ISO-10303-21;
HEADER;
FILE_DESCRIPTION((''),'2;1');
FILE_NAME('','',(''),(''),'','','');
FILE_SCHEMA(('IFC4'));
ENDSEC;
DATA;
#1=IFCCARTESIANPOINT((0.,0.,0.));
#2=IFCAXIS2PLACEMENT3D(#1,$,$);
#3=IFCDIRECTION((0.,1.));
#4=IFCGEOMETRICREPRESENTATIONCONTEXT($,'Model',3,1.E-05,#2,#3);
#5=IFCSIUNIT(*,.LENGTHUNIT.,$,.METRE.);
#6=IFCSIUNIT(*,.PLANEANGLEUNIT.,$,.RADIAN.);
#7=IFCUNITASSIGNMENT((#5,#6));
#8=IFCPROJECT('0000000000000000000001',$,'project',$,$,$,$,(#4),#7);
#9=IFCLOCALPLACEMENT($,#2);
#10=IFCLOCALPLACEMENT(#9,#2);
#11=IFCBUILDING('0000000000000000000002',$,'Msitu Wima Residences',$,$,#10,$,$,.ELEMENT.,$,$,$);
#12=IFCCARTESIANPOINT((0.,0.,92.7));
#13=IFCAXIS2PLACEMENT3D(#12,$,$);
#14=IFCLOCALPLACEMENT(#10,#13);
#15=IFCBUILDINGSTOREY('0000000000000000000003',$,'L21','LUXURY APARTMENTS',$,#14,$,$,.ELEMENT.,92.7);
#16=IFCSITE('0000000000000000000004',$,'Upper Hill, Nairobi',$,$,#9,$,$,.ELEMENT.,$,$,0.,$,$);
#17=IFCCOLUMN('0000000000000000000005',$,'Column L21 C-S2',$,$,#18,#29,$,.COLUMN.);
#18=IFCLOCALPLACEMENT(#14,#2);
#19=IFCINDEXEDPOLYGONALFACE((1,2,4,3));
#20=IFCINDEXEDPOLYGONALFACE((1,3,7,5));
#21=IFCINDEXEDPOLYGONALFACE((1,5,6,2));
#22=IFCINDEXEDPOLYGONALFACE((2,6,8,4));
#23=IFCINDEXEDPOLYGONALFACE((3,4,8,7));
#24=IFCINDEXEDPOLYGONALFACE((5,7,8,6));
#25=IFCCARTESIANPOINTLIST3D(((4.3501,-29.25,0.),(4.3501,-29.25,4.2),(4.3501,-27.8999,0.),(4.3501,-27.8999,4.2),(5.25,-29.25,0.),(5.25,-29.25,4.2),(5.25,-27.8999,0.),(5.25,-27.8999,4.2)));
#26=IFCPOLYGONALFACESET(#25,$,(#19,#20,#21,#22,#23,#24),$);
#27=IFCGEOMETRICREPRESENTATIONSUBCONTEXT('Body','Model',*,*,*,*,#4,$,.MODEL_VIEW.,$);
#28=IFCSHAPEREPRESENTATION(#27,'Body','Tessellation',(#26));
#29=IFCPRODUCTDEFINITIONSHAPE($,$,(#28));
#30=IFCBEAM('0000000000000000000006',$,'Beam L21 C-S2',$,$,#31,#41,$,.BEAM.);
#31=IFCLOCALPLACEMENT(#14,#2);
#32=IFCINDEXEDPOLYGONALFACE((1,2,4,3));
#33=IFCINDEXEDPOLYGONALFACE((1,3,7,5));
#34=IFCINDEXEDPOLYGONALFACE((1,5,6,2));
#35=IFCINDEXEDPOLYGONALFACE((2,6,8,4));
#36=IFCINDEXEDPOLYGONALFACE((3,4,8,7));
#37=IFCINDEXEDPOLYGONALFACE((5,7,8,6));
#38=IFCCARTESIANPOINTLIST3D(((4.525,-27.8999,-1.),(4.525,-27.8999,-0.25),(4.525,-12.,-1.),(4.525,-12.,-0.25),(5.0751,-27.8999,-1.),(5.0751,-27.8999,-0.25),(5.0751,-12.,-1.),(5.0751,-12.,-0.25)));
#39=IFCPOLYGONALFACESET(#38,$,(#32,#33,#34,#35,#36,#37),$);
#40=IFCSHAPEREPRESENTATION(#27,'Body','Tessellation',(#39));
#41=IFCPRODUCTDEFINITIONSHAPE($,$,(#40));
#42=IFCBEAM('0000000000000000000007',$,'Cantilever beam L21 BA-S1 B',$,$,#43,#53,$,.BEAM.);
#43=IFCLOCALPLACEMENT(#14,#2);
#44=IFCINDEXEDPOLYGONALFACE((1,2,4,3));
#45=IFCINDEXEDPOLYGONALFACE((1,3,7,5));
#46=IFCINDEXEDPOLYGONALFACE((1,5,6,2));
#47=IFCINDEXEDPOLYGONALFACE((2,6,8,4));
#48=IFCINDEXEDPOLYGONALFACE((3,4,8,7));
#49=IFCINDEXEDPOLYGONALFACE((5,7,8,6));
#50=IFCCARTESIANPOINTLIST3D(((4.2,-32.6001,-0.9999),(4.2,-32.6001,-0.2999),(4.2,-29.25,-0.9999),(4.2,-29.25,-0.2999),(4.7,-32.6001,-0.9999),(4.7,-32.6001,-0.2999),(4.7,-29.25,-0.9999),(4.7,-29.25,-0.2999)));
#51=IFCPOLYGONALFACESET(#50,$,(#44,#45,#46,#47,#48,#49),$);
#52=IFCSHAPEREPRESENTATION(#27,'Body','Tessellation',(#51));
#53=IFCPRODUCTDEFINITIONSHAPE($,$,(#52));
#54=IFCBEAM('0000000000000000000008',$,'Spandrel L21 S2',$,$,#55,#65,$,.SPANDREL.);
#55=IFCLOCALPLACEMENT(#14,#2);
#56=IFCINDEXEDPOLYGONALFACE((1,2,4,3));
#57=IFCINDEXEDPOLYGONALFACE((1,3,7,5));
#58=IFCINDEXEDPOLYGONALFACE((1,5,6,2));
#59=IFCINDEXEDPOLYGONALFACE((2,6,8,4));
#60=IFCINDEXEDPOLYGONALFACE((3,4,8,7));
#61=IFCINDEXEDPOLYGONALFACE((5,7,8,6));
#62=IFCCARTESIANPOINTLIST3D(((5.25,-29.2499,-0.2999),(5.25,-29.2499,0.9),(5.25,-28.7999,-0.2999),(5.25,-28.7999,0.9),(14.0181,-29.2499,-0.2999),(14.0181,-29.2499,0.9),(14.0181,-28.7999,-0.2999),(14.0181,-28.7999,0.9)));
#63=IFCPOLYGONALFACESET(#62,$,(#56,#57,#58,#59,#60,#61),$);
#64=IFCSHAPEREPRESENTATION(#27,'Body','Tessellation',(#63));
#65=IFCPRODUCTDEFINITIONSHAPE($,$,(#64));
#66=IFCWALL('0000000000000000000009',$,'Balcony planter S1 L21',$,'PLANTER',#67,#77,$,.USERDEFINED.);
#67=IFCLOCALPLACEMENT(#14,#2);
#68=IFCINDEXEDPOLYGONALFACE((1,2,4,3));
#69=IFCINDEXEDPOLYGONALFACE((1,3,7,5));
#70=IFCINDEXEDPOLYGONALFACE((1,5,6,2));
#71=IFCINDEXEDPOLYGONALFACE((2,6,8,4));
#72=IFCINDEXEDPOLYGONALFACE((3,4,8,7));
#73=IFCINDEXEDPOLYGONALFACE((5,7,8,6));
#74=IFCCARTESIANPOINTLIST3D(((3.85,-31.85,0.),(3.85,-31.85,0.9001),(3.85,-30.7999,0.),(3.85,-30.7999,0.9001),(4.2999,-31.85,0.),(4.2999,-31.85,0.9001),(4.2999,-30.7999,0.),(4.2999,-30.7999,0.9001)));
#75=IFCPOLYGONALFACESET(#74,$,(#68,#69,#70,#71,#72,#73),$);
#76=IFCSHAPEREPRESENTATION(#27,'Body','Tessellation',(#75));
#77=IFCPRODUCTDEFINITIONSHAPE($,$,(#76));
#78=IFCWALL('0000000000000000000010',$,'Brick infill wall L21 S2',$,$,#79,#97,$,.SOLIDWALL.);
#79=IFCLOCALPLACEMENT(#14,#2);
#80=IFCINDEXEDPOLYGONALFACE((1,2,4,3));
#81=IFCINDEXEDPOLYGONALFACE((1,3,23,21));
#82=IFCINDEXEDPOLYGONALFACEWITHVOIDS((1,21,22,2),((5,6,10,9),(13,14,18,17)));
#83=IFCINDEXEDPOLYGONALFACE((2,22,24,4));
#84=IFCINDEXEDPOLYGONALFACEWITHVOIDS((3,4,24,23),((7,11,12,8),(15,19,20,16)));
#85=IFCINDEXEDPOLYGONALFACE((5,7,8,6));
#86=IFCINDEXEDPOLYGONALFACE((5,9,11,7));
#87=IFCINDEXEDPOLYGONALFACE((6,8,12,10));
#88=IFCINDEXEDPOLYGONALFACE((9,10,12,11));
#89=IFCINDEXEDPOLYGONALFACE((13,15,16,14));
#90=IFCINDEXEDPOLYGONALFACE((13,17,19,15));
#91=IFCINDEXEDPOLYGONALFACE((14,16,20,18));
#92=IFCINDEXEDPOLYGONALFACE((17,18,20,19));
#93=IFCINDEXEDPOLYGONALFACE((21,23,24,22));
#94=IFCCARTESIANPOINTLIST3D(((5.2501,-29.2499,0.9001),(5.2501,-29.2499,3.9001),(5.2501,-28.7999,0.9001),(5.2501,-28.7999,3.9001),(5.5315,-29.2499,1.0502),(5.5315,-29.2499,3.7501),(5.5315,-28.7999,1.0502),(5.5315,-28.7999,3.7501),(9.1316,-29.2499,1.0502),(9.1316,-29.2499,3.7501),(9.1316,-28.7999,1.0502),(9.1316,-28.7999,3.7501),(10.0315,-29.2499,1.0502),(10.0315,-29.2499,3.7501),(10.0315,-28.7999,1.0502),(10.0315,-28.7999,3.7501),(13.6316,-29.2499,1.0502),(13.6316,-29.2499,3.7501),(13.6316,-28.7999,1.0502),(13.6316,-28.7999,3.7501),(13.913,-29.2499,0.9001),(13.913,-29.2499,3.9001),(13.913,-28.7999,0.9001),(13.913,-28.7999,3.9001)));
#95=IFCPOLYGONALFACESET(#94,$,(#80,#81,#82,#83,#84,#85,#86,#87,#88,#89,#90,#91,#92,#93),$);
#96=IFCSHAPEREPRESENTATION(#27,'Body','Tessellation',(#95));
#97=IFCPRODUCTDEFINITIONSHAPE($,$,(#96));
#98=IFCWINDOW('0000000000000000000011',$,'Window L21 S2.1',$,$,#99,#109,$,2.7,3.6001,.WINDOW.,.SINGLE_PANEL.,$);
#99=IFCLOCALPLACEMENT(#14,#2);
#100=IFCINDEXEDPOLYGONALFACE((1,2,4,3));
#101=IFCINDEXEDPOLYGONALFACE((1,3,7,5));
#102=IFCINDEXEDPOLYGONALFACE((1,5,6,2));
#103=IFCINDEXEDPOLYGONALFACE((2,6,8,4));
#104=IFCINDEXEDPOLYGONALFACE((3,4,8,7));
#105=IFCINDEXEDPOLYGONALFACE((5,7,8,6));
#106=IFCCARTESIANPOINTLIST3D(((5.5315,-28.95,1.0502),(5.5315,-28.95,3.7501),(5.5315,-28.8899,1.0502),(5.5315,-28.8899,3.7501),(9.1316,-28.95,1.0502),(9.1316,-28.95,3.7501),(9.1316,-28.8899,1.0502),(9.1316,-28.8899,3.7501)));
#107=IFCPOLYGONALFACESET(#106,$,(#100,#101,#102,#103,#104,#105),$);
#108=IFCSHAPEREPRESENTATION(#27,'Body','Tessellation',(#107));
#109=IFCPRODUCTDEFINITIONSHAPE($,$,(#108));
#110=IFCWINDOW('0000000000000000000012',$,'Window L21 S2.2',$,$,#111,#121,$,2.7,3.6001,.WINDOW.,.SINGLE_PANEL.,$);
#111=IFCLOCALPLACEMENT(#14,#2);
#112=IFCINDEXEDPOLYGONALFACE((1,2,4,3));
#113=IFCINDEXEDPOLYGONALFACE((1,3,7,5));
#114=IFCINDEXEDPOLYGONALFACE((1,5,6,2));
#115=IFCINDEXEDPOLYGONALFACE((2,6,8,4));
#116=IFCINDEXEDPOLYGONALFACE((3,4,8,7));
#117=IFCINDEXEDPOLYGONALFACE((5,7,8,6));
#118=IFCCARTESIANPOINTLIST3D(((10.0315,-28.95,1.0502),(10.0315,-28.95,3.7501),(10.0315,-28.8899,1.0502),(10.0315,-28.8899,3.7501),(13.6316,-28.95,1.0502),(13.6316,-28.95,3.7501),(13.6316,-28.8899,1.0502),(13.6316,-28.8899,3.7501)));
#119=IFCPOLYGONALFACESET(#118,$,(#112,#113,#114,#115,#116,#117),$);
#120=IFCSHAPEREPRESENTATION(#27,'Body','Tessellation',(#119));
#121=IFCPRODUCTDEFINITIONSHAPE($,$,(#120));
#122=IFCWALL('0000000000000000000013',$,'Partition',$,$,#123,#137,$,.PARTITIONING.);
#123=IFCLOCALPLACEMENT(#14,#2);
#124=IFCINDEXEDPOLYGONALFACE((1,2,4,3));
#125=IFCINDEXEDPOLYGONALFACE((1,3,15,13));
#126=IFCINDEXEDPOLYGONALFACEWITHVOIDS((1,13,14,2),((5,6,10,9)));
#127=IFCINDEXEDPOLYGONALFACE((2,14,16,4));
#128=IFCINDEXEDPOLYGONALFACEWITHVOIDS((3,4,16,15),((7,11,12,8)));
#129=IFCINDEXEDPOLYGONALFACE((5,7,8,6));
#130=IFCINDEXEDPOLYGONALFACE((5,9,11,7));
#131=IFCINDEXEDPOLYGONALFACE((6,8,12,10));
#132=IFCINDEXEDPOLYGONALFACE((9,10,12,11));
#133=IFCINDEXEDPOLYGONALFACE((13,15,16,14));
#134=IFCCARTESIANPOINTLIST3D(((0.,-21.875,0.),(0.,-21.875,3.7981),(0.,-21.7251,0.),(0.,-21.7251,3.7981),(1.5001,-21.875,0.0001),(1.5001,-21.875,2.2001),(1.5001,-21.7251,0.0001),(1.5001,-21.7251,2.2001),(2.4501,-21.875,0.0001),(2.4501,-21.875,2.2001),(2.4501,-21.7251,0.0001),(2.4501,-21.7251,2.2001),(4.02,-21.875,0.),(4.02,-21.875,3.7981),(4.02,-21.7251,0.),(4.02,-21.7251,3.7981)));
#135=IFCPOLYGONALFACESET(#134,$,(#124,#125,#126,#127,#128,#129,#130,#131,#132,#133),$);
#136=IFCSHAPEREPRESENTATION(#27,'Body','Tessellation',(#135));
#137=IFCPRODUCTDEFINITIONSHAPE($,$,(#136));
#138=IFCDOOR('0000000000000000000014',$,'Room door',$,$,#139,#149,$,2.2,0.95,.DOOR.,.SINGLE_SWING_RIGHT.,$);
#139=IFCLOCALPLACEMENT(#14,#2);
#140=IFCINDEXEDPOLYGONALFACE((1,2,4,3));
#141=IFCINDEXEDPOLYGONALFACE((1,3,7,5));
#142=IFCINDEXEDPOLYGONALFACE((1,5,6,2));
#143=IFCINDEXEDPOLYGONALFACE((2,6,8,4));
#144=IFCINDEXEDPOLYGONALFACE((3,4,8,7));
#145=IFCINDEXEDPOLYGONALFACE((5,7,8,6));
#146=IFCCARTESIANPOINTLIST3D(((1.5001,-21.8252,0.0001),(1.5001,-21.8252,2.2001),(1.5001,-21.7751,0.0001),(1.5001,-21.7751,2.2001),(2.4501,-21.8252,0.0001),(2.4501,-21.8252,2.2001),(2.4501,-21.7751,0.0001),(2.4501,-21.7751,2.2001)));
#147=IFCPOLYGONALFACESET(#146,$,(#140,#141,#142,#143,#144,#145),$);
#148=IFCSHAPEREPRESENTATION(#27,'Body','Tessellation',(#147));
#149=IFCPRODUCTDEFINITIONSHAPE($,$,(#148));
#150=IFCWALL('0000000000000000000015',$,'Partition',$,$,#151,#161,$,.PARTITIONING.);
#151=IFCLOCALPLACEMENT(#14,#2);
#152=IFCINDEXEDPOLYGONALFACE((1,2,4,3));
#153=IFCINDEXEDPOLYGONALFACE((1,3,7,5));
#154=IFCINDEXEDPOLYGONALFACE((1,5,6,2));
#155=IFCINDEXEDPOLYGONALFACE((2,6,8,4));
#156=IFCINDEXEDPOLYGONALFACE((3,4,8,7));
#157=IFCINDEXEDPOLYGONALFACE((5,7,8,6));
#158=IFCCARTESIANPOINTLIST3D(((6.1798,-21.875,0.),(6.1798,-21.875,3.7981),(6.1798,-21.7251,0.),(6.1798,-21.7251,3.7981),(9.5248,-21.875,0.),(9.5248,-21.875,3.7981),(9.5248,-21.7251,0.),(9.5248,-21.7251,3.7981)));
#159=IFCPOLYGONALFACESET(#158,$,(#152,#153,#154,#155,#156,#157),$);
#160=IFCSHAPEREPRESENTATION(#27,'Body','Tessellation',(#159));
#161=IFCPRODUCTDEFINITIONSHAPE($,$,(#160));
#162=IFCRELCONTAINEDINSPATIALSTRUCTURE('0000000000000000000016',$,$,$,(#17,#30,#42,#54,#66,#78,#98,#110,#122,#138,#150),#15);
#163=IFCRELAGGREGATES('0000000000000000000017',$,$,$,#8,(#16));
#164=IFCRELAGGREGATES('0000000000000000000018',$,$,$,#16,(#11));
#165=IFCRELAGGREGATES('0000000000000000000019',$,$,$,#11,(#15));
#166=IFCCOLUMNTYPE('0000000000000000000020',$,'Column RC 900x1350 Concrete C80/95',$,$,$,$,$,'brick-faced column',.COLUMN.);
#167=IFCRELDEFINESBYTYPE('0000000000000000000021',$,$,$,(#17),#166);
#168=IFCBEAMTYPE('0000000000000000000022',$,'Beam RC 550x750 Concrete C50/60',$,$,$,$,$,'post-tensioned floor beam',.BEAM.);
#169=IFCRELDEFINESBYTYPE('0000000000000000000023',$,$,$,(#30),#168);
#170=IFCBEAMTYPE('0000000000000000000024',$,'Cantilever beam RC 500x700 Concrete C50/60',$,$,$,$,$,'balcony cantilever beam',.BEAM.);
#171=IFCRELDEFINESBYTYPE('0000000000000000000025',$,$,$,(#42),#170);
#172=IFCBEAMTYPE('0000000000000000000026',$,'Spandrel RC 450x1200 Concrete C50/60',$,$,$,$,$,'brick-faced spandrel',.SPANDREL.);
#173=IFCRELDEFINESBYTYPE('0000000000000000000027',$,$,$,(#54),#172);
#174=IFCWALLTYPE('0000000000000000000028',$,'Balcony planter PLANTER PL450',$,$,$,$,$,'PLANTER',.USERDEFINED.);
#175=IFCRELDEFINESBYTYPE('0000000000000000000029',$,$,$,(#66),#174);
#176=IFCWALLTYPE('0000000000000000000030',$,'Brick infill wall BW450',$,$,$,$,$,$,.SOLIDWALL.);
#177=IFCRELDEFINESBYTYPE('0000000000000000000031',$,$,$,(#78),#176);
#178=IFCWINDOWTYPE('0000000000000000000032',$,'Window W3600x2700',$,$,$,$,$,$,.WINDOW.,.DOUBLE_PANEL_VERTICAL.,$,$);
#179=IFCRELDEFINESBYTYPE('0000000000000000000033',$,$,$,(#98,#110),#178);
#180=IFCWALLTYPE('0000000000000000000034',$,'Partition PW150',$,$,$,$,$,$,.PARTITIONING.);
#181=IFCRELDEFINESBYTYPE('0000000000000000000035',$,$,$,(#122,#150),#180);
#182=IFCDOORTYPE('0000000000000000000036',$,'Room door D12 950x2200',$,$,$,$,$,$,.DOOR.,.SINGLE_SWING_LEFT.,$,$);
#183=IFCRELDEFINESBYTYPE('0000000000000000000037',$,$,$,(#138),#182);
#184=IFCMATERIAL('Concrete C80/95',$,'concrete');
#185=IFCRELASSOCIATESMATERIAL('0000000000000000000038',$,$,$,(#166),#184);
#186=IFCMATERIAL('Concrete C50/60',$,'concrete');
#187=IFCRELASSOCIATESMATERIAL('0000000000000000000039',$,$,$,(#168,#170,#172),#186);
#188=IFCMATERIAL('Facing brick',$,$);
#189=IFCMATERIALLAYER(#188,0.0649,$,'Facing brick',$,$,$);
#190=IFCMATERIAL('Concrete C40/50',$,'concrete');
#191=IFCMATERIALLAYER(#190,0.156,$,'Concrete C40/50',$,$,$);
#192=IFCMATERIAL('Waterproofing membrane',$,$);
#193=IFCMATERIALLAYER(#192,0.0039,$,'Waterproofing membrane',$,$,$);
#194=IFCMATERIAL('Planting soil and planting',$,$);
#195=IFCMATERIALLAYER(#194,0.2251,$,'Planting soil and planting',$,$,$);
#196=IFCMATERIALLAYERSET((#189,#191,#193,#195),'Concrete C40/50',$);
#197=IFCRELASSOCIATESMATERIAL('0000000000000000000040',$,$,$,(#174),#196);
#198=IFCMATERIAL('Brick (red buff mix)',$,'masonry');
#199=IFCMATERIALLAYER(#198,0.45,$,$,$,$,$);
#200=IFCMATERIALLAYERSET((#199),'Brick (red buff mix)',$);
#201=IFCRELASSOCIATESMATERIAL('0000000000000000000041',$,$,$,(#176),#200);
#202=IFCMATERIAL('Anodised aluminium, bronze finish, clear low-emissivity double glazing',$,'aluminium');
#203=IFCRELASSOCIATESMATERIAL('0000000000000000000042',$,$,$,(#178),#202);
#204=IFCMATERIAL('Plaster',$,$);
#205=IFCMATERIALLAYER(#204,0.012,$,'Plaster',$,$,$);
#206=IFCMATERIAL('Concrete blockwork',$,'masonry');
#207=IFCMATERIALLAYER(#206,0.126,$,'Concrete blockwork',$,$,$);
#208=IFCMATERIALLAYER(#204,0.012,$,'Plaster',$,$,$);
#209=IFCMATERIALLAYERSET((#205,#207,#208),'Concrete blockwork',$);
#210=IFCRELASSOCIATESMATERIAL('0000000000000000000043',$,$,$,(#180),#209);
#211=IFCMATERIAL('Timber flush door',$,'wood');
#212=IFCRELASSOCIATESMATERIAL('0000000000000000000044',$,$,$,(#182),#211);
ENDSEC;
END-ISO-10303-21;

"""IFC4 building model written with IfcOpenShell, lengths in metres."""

from ifc_helpers import new_model, si_unit, direction, frame, frame_2d, origin, origin_2d, place, context, subcontext, project, spatial, rectangle, extrude, material, layer, layer_set, material_profile, profile_set, type_object, element, fill, save


model = new_model("IFC4")

# Units and contexts
model_context = context("Model", 3, precision=1e-05, world=origin(), true_north=direction((0.0, 1.0)))
body_context = subcontext(model_context, "Body", "Model", "MODEL_VIEW")
ifc_project = project(units=[si_unit("LENGTHUNIT", "METRE"), si_unit("PLANEANGLEUNIT", "RADIAN")], contexts=[model_context])

# Site, building, storey
site_placement = place(None, origin())
site = spatial("IfcSite", under=ifc_project, at=site_placement, Name="Upper Hill, Nairobi", CompositionType="ELEMENT", RefElevation=0.0)
building_placement = place(site_placement, origin())
building = spatial("IfcBuilding", under=site, at=building_placement, Name="Msitu Wima Residences", CompositionType="ELEMENT")
storey_placement = place(building_placement, frame((0.0, 0.0, 92.7)))
storey = spatial("IfcBuildingStorey", under=building, at=storey_placement, Name="L21", Description="LUXURY APARTMENTS", CompositionType="ELEMENT", Elevation=92.7)

# Column
ifc_material_1 = material(Name="Concrete C80/95", Category="concrete")
ifc_material_profile_1 = material_profile(ifc_material_1, rectangle(XDim=0.8999, YDim=1.3501, at=origin_2d()), Name="RC 900x1350")
ifc_profile_set_1 = profile_set([ifc_material_profile_1], Name="Concrete C80/95")
column_type = type_object("IfcColumnType", Name="Column RC 900x1350 Concrete C80/95", ElementType="brick-faced column", PredefinedType="COLUMN", material=ifc_profile_set_1)
column_placement = place(storey_placement, frame((4.8, -28.575, 0.0), z_axis=(0.0, 0.0, 1.0), x_axis=(1.0, 0.0, 0.0)))
element("IfcColumn", 1, at=column_placement, inside=storey, type_object=column_type, Name="Column L21 C-S2", PredefinedType="COLUMN", context=body_context, shape_type="SweptSolid", body=[
    extrude(rectangle(XDim=0.8999, YDim=1.3501, at=origin_2d()), origin(), (0.0, 0.0, 1.0), 4.2),
])

# Beams
ifc_material_2 = material(Name="Concrete C50/60", Category="concrete")
ifc_material_profile_2 = material_profile(ifc_material_2, rectangle(XDim=0.55, YDim=0.75, at=origin_2d()), Name="RC 550x750")
ifc_profile_set_2 = profile_set([ifc_material_profile_2], Name="Concrete C50/60")
beam_type_1 = type_object("IfcBeamType", Name="Beam RC 550x750 Concrete C50/60", ElementType="post-tensioned floor beam", PredefinedType="BEAM", material=ifc_profile_set_2)
beam_1_placement = place(storey_placement, frame((4.8, -27.8999, -0.625), z_axis=(0.0, 1.0, 0.0), x_axis=(-1.0, 0.0, 0.0)))
element("IfcBeam", 2, at=beam_1_placement, inside=storey, type_object=beam_type_1, Name="Beam L21 C-S2", PredefinedType="BEAM", context=body_context, shape_type="SweptSolid", body=[
    extrude(rectangle(XDim=0.55, YDim=0.75, at=origin_2d()), origin(), (0.0, 0.0, 1.0), 15.8999),
])
ifc_material_profile_3 = material_profile(ifc_material_2, rectangle(XDim=0.5, YDim=0.7, at=origin_2d()), Name="RC 500x700")
ifc_profile_set_3 = profile_set([ifc_material_profile_3], Name="Concrete C50/60")
beam_type_2 = type_object("IfcBeamType", Name="Cantilever beam RC 500x700 Concrete C50/60", ElementType="balcony cantilever beam", PredefinedType="BEAM", material=ifc_profile_set_3)
beam_2_placement = place(storey_placement, frame((4.45, -29.25, -0.6499), z_axis=(0.0, -1.0, 0.0), x_axis=(1.0, 0.0, 0.0)))
element("IfcBeam", 3, at=beam_2_placement, inside=storey, type_object=beam_type_2, Name="Cantilever beam L21 BA-S1 B", PredefinedType="BEAM", context=body_context, shape_type="SweptSolid", body=[
    extrude(rectangle(XDim=0.5, YDim=0.7, at=origin_2d()), origin(), (0.0, 0.0, 1.0), 3.3501),
])
ifc_material_profile_4 = material_profile(ifc_material_2, rectangle(XDim=0.45, YDim=1.2, at=origin_2d()), Name="RC 450x1200")
ifc_profile_set_4 = profile_set([ifc_material_profile_4], Name="Concrete C50/60")
beam_type_3 = type_object("IfcBeamType", Name="Spandrel RC 450x1200 Concrete C50/60", ElementType="brick-faced spandrel", PredefinedType="SPANDREL", material=ifc_profile_set_4)
beam_3_placement = place(storey_placement, frame((5.25, -29.0249, 0.3), z_axis=(1.0, 0.0, 0.0), x_axis=(0.0, 1.0, 0.0)))
element("IfcBeam", 4, at=beam_3_placement, inside=storey, type_object=beam_type_3, Name="Spandrel L21 S2", PredefinedType="SPANDREL", context=body_context, shape_type="SweptSolid", body=[
    extrude(rectangle(XDim=0.45, YDim=1.2, at=origin_2d()), origin(), (0.0, 0.0, 1.0), 8.7681),
])

# Wall
ifc_material_3 = material(Name="Facing brick")
ifc_layer_1 = layer(ifc_material_3, 0.0649, Name="Facing brick")
ifc_material_4 = material(Name="Concrete C40/50", Category="concrete")
ifc_layer_2 = layer(ifc_material_4, 0.156, Name="Concrete C40/50")
ifc_material_5 = material(Name="Waterproofing membrane")
ifc_layer_3 = layer(ifc_material_5, 0.0039, Name="Waterproofing membrane")
ifc_material_6 = material(Name="Planting soil and planting")
ifc_layer_4 = layer(ifc_material_6, 0.2251, Name="Planting soil and planting")
ifc_layer_set_1 = layer_set([ifc_layer_1, ifc_layer_2, ifc_layer_3, ifc_layer_4], Name="Concrete C40/50")
wall_type_1 = type_object("IfcWallType", Name="Balcony planter PLANTER PL450", ElementType="PLANTER", PredefinedType="USERDEFINED", material=ifc_layer_set_1)
wall_1_placement = place(storey_placement, frame((4.075, -30.8, 0.0), z_axis=(0.0, 0.0, 1.0), x_axis=(0.0, -1.0, 0.0)))
element("IfcWall", 5, at=wall_1_placement, inside=storey, type_object=wall_type_1, Name="Balcony planter S1 L21", ObjectType="PLANTER", PredefinedType="USERDEFINED", context=body_context, shape_type="SweptSolid", body=[
    extrude(rectangle(XDim=1.05, YDim=0.45, at=frame_2d((0.5249, 0.0))), origin(), (0.0, 0.0, 1.0), 0.9001),
])

# Wall, openings, windows
ifc_material_7 = material(Name="Brick (red buff mix)", Category="masonry")
ifc_layer_5 = layer(ifc_material_7, 0.45)
ifc_layer_set_2 = layer_set([ifc_layer_5], Name="Brick (red buff mix)")
wall_type_2 = type_object("IfcWallType", Name="Brick infill wall BW450", PredefinedType="SOLIDWALL", material=ifc_layer_set_2)
wall_2_placement = place(storey_placement, frame((5.25, -29.0249, 0.9001), z_axis=(0.0, 0.0, 1.0), x_axis=(1.0, 0.0, 0.0)))
wall_2 = element("IfcWall", 6, at=wall_2_placement, inside=storey, type_object=wall_type_2, Name="Brick infill wall L21 S2", PredefinedType="SOLIDWALL", context=body_context, shape_type="SweptSolid", body=[
    extrude(rectangle(XDim=8.6628, YDim=0.45, at=frame_2d((4.3315, 0.0))), origin(), (0.0, 0.0, 1.0), 3.0),
])
opening_1_placement = place(wall_2_placement, frame((0.2815, 0.0, 0.1499)))
opening_1 = element("IfcOpeningElement", 7, at=opening_1_placement, cuts=wall_2, PredefinedType="OPENING", context=body_context, shape_type="SweptSolid", body=[
    extrude(rectangle(XDim=3.6001, YDim=2.7, at=frame_2d((1.8, 1.3501))), frame((0.0, 0.2349, 0.0), z_axis=(0.0, -1.0, 0.0), x_axis=(1.0, 0.0, 0.0)), (0.0, 0.0, 1.0), 0.47),
])
opening_2_placement = place(wall_2_placement, frame((4.7815, 0.0, 0.1499)))
opening_2 = element("IfcOpeningElement", 8, at=opening_2_placement, cuts=wall_2, PredefinedType="OPENING", context=body_context, shape_type="SweptSolid", body=[
    extrude(rectangle(XDim=3.6001, YDim=2.7, at=frame_2d((1.8, 1.3501))), frame((0.0, 0.2349, 0.0), z_axis=(0.0, -1.0, 0.0), x_axis=(1.0, 0.0, 0.0)), (0.0, 0.0, 1.0), 0.47),
])
ifc_material_8 = material(Name="Anodised aluminium, bronze finish, clear low-emissivity double glazing", Category="aluminium")
window_type = type_object("IfcWindowType", Name="Window W3600x2700", PartitioningType="DOUBLE_PANEL_VERTICAL", PredefinedType="WINDOW", material=ifc_material_8)
window_1_placement = place(opening_1_placement, origin())
window_1 = element("IfcWindow", 9, at=window_1_placement, inside=storey, type_object=window_type, Name="Window L21 S2.1", OverallHeight=2.7, OverallWidth=3.6001, PartitioningType="SINGLE_PANEL", PredefinedType="WINDOW", context=body_context, shape_type="SweptSolid", body=[
    extrude(rectangle(XDim=3.6001, YDim=2.7, at=frame_2d((1.8, 1.3501))), frame((0.0, 0.135, 0.0), z_axis=(0.0, -1.0, 0.0), x_axis=(1.0, 0.0, 0.0)), (0.0, 0.0, 1.0), 0.0601),
])
fill(opening_1, window_1)
window_2_placement = place(opening_2_placement, origin())
window_2 = element("IfcWindow", 10, at=window_2_placement, inside=storey, type_object=window_type, Name="Window L21 S2.2", OverallHeight=2.7, OverallWidth=3.6001, PartitioningType="SINGLE_PANEL", PredefinedType="WINDOW", context=body_context, shape_type="SweptSolid", body=[
    extrude(rectangle(XDim=3.6001, YDim=2.7, at=frame_2d((1.8, 1.3501))), frame((0.0, 0.135, 0.0), z_axis=(0.0, -1.0, 0.0), x_axis=(1.0, 0.0, 0.0)), (0.0, 0.0, 1.0), 0.0601),
])
fill(opening_2, window_2)

# Wall, opening, door
ifc_material_9 = material(Name="Plaster")
ifc_layer_6 = layer(ifc_material_9, 0.012, Name="Plaster")
ifc_material_10 = material(Name="Concrete blockwork", Category="masonry")
ifc_layer_7 = layer(ifc_material_10, 0.126, Name="Concrete blockwork")
ifc_layer_8 = layer(ifc_material_9, 0.012, Name="Plaster")
ifc_layer_set_3 = layer_set([ifc_layer_6, ifc_layer_7, ifc_layer_8], Name="Concrete blockwork")
wall_type_3 = type_object("IfcWallType", Name="Partition PW150", PredefinedType="PARTITIONING", material=ifc_layer_set_3)
wall_3_placement = place(storey_placement, frame((0.0, -21.8, 0.0), z_axis=(0.0, 0.0, 1.0), x_axis=(1.0, 0.0, 0.0)))
wall_3 = element("IfcWall", 11, at=wall_3_placement, inside=storey, type_object=wall_type_3, Name="Partition", PredefinedType="PARTITIONING", context=body_context, shape_type="SweptSolid", body=[
    extrude(rectangle(XDim=4.02, YDim=0.1499, at=frame_2d((2.01, 0.0))), origin(), (0.0, 0.0, 1.0), 3.7981),
])
opening_3_placement = place(wall_3_placement, frame((1.5, 0.0, 0.0)))
opening_3 = element("IfcOpeningElement", 12, at=opening_3_placement, cuts=wall_3, PredefinedType="OPENING", context=body_context, shape_type="SweptSolid", body=[
    extrude(rectangle(XDim=0.95, YDim=2.2, at=frame_2d((0.4751, 1.1001))), frame((0.0, 0.085, 0.0), z_axis=(0.0, -1.0, 0.0), x_axis=(1.0, 0.0, 0.0)), (0.0, 0.0, 1.0), 0.1699),
])
ifc_material_11 = material(Name="Timber flush door", Category="wood")
door_type_1 = type_object("IfcDoorType", Name="Room door D12 950x2200", OperationType="SINGLE_SWING_LEFT", PredefinedType="DOOR", material=ifc_material_11)
door_1_placement = place(opening_3_placement, origin())
door_1 = element("IfcDoor", 13, at=door_1_placement, inside=storey, type_object=door_type_1, Name="Room door", OperationType="SINGLE_SWING_RIGHT", OverallHeight=2.2, OverallWidth=0.95, PredefinedType="DOOR", context=body_context, shape_type="SweptSolid", body=[
    extrude(rectangle(XDim=0.95, YDim=2.2, at=frame_2d((0.4751, 1.1001))), frame((0.0, 0.0249, 0.0), z_axis=(0.0, -1.0, 0.0), x_axis=(1.0, 0.0, 0.0)), (0.0, 0.0, 1.0), 0.05),
])
fill(opening_3, door_1)

# Wall
wall_4_placement = place(storey_placement, frame((6.1799, -21.8, 0.0), z_axis=(0.0, 0.0, 1.0), x_axis=(1.0, 0.0, 0.0)))
element("IfcWall", 14, at=wall_4_placement, inside=storey, type_object=wall_type_3, Name="Partition", PredefinedType="PARTITIONING", context=body_context, shape_type="SweptSolid", body=[
    extrude(rectangle(XDim=3.345, YDim=0.1499, at=frame_2d((1.6724, 0.0))), origin(), (0.0, 0.0, 1.0), 3.7981),
])

save(model, "model.ifc")
